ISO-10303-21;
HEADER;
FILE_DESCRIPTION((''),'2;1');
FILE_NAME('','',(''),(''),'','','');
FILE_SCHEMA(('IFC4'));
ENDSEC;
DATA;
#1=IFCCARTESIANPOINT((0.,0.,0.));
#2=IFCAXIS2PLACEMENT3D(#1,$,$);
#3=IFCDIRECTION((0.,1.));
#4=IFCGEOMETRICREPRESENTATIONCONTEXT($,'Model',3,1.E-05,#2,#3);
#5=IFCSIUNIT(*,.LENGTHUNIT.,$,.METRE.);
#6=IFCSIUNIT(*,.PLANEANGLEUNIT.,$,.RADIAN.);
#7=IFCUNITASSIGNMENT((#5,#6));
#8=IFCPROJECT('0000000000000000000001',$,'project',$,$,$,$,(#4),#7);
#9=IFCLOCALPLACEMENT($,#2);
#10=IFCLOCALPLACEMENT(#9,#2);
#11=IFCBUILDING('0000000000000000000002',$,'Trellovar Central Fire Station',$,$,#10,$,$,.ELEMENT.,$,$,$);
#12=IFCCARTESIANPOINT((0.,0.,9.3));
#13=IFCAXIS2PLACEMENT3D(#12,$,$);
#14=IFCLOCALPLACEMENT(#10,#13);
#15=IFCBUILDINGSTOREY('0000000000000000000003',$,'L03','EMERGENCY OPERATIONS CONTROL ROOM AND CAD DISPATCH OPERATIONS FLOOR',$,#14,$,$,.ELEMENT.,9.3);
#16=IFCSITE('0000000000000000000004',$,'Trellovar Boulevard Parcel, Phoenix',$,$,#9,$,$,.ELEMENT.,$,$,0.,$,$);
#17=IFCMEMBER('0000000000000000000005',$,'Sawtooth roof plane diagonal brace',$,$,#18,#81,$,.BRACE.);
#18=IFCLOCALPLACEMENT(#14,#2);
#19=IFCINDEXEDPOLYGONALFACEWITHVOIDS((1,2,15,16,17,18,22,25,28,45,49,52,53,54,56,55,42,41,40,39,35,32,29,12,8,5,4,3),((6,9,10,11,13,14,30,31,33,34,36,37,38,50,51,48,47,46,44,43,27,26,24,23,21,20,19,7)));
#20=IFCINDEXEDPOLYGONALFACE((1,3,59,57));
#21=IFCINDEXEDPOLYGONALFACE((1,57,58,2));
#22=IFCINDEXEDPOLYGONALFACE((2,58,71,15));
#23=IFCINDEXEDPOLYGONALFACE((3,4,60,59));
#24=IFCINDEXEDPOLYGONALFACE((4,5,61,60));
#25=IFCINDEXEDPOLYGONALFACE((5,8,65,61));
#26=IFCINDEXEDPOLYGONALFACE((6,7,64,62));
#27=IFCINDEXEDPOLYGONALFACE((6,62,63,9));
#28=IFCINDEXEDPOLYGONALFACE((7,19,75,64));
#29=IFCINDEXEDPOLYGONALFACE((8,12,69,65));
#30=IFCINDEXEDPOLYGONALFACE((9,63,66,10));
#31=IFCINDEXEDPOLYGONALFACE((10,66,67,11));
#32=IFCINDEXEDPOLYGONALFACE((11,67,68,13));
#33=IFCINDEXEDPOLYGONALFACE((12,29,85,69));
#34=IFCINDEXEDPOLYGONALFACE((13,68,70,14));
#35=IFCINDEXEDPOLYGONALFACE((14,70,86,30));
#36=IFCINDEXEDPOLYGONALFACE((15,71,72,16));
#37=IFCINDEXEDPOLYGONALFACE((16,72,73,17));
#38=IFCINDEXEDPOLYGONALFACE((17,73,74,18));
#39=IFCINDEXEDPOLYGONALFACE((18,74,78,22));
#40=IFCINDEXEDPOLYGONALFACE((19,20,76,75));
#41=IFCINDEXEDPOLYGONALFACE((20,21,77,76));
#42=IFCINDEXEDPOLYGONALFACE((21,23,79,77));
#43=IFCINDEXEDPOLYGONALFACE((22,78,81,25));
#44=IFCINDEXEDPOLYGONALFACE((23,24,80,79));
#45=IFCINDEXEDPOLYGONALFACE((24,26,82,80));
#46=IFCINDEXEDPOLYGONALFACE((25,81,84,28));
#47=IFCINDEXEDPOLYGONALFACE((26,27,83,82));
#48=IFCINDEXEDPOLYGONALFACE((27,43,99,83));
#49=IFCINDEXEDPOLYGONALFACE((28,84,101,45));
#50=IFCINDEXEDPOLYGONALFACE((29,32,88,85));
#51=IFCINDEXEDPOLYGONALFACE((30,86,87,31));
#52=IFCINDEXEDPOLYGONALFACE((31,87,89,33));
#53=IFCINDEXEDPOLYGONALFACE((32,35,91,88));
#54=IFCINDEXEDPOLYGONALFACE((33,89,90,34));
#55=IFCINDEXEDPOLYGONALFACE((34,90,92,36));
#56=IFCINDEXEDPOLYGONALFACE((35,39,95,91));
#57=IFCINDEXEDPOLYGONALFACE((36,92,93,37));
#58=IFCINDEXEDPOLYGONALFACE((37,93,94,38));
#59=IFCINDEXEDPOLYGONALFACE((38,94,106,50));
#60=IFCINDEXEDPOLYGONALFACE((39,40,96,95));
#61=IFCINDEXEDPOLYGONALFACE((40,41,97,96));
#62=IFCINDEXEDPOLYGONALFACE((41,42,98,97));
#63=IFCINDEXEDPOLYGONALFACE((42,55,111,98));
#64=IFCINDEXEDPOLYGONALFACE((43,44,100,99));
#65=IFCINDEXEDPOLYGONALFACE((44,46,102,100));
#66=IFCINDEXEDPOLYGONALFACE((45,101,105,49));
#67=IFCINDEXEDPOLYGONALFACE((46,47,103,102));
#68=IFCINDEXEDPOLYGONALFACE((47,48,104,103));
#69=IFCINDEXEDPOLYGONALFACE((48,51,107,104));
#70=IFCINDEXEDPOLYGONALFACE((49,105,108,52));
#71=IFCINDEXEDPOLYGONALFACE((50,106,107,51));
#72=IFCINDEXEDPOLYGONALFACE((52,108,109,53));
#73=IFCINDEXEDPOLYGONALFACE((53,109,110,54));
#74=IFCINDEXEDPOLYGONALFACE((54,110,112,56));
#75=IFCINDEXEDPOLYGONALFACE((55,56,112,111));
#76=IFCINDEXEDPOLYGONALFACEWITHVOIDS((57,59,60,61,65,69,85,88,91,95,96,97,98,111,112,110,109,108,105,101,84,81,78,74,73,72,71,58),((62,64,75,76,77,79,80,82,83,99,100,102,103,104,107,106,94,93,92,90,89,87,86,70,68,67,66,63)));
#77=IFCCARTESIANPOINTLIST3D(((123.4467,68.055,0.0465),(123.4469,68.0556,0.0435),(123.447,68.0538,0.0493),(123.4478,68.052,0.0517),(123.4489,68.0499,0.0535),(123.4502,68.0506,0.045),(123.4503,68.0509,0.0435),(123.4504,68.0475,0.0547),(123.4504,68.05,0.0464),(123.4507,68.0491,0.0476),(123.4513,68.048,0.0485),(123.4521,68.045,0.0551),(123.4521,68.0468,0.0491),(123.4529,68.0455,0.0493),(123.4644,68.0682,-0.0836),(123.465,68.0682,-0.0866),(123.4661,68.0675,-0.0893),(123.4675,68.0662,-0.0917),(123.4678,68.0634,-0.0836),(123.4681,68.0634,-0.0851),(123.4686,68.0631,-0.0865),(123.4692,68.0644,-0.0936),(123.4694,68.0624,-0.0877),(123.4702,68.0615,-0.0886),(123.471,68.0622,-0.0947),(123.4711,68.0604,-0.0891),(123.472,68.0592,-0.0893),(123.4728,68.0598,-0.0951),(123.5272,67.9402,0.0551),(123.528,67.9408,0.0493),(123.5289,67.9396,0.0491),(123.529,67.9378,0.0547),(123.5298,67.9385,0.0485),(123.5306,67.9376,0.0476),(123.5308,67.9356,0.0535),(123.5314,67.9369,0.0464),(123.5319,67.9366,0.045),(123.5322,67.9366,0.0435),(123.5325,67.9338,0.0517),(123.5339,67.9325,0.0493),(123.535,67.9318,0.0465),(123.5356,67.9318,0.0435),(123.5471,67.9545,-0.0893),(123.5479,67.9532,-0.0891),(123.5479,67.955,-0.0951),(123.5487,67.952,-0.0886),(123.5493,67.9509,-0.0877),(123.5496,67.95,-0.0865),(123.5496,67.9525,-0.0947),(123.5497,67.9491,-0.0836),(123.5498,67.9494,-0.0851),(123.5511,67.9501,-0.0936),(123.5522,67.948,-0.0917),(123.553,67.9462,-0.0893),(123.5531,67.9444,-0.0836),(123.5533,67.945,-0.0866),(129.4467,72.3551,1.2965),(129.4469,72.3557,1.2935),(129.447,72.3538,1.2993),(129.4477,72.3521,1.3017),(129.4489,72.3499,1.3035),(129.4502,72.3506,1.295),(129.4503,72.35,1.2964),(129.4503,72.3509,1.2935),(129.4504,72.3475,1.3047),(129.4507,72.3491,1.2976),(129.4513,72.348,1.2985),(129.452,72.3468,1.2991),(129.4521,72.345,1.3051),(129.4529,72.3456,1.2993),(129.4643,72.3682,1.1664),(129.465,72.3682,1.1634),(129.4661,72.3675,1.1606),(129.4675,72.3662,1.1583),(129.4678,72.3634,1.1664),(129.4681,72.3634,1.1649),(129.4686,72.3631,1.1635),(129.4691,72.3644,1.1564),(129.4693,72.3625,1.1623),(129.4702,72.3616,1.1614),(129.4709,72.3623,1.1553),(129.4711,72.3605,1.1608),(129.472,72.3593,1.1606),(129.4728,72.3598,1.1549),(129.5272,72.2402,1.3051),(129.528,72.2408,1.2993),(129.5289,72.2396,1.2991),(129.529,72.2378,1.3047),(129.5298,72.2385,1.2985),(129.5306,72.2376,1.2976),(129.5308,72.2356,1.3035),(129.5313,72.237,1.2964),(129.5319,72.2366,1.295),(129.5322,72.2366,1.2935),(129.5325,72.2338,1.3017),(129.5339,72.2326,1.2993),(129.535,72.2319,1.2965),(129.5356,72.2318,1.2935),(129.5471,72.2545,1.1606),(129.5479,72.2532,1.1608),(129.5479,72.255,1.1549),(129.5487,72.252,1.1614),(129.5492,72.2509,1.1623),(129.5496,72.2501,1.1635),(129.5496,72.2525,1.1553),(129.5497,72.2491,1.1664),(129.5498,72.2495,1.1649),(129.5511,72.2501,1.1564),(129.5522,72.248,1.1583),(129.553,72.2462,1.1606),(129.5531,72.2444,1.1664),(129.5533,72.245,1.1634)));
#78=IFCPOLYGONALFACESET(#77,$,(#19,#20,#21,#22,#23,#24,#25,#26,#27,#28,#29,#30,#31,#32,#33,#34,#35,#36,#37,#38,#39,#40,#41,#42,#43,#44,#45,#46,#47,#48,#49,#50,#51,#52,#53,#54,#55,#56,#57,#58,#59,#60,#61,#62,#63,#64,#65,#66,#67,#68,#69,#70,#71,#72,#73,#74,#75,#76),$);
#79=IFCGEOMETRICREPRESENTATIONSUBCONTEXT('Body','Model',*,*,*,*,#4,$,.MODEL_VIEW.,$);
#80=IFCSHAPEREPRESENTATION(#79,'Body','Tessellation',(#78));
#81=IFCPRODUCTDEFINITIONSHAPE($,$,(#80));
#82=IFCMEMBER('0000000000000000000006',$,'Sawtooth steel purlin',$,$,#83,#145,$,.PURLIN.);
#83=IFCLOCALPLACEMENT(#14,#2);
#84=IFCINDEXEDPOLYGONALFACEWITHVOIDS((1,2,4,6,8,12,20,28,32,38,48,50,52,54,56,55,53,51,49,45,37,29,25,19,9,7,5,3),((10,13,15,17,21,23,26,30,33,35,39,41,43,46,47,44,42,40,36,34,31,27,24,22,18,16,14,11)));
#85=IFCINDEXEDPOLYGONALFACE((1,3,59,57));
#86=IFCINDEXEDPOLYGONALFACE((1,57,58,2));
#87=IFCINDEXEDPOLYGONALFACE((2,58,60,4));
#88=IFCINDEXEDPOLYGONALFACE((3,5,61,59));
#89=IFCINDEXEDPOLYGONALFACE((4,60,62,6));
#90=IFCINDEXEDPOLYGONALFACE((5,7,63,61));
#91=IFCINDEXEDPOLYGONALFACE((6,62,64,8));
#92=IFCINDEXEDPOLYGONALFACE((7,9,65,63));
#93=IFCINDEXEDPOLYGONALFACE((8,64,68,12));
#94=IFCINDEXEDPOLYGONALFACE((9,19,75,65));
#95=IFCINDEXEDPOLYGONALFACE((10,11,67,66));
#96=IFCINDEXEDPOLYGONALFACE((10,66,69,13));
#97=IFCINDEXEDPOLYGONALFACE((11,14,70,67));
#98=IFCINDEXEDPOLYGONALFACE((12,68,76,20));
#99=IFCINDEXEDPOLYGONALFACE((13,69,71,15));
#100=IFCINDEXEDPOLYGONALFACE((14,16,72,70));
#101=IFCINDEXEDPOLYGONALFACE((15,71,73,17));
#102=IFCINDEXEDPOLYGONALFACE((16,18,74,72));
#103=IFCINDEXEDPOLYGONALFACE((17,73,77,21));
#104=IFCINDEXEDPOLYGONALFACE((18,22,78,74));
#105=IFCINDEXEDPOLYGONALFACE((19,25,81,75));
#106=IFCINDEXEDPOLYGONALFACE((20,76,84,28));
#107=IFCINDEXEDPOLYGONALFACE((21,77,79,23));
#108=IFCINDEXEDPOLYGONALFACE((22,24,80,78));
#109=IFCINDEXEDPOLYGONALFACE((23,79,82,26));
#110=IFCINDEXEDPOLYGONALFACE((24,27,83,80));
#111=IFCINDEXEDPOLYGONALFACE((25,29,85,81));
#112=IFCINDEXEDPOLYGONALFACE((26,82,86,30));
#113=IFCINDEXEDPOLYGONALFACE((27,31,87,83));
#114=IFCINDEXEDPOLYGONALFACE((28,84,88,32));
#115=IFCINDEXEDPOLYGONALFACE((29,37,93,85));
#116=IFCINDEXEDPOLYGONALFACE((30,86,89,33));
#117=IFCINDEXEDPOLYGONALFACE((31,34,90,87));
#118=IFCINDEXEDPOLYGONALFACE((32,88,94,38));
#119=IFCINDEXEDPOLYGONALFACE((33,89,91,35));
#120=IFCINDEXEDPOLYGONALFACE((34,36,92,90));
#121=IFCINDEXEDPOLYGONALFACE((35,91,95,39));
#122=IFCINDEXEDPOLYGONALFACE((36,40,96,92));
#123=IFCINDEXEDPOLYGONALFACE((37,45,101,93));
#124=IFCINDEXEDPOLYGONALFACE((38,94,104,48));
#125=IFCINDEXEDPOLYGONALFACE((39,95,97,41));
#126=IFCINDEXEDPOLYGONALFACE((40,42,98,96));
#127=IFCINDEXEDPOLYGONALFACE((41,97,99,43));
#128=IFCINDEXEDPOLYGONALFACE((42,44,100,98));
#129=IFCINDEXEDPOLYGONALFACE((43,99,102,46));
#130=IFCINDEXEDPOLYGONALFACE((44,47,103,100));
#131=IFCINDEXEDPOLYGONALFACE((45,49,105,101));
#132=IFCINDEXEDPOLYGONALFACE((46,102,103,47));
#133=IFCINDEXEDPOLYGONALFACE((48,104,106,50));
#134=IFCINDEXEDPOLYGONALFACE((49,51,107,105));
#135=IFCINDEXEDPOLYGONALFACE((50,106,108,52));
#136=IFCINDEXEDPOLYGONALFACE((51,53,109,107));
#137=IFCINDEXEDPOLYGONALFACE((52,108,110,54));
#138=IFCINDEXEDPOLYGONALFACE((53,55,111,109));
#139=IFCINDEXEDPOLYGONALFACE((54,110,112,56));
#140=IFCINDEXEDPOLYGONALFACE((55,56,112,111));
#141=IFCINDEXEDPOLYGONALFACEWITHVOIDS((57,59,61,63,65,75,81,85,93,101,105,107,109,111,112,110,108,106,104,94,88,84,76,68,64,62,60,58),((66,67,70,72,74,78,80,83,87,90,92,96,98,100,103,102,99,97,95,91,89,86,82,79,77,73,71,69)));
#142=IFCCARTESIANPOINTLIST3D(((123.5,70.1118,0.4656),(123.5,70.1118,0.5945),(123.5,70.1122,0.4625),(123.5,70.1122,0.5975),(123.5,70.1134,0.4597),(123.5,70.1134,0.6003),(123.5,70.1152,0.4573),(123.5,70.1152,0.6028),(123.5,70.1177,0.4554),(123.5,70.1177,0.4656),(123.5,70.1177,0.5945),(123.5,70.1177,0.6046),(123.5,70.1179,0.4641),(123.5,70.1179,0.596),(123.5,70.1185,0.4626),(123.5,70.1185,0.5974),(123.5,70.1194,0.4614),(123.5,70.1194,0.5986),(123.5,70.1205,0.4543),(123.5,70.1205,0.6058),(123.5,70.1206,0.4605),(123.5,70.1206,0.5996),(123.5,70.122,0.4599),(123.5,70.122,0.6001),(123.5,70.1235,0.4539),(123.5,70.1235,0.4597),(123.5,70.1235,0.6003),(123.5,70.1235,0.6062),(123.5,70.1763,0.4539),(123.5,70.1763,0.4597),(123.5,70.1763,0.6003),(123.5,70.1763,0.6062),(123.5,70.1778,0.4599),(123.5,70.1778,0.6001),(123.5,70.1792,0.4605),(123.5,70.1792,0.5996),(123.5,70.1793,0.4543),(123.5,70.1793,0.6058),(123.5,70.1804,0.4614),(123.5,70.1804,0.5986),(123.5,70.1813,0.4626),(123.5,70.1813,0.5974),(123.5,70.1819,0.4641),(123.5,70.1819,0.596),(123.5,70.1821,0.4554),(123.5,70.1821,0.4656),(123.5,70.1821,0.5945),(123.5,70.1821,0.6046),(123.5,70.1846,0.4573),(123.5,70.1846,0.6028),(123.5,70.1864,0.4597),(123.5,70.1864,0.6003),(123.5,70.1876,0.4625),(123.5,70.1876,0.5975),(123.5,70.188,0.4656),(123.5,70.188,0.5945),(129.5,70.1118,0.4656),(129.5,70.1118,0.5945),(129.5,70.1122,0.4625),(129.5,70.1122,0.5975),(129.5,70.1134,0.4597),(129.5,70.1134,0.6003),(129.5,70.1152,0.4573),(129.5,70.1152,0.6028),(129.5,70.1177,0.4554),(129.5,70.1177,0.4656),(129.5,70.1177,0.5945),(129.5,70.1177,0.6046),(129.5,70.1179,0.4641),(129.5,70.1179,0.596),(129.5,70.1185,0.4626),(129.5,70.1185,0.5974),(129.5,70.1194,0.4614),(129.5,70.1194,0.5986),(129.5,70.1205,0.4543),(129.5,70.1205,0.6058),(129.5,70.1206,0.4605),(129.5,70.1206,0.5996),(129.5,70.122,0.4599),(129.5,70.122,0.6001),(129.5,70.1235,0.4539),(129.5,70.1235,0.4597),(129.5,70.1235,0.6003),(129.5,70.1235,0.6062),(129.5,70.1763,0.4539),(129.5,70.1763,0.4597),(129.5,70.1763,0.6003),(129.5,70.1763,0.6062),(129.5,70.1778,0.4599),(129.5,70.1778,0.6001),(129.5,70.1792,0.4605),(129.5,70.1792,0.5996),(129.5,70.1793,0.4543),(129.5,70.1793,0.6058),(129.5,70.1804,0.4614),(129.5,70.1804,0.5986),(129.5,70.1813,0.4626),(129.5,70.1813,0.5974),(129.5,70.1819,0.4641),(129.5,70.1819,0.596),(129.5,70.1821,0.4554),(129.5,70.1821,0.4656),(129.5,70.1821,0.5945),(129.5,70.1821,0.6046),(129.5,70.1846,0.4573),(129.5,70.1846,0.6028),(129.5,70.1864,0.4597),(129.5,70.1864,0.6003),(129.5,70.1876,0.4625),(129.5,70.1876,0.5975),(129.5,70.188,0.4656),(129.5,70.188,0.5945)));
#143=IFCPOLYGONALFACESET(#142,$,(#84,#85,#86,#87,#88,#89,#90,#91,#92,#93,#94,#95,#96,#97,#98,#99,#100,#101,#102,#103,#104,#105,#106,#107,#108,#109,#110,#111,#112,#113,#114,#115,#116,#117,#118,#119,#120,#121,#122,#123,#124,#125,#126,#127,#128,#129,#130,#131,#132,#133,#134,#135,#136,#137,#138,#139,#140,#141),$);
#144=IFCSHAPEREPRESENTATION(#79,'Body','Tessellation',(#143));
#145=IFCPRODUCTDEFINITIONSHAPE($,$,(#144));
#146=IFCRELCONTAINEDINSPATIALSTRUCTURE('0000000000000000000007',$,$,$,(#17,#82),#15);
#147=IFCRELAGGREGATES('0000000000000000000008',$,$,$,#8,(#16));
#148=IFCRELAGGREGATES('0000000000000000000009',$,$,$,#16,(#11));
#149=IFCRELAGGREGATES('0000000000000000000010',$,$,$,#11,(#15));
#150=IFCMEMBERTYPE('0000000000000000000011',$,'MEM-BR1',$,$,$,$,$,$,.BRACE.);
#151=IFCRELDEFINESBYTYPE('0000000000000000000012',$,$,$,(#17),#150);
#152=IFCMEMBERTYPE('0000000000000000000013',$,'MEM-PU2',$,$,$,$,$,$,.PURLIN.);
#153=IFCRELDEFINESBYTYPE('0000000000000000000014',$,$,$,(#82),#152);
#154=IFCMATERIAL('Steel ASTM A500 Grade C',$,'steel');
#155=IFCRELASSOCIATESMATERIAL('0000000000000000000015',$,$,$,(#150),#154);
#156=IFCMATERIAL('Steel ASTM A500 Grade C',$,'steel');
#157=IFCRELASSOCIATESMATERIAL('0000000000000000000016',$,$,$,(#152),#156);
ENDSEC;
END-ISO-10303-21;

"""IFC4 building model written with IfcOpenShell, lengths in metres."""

from ifc_helpers import new_model, si_unit, direction, frame, origin, origin_2d, place, context, subcontext, project, spatial, hollow_rectangle, extrude, material, material_profile, profile_set, type_object, element, save


model = new_model("IFC4")

# Units and contexts
model_context = context("Model", 3, precision=1e-05, world=origin(), true_north=direction((0.0, 1.0)))
body_context = subcontext(model_context, "Body", "Model", "MODEL_VIEW")
ifc_project = project(units=[si_unit("LENGTHUNIT", "METRE"), si_unit("PLANEANGLEUNIT", "RADIAN")], contexts=[model_context])

# Site, building, storey
site_placement = place(None, origin())
site = spatial("IfcSite", under=ifc_project, at=site_placement, Name="Trellovar Boulevard Parcel, Phoenix", CompositionType="ELEMENT", RefElevation=0.0)
building_placement = place(site_placement, origin())
building = spatial("IfcBuilding", under=site, at=building_placement, Name="Trellovar Central Fire Station", CompositionType="ELEMENT")
storey_placement = place(building_placement, frame((0.0, 0.0, 9.3)))
storey = spatial("IfcBuildingStorey", under=building, at=storey_placement, Name="L03", Description="EMERGENCY OPERATIONS CONTROL ROOM AND CAD DISPATCH OPERATIONS FLOOR", CompositionType="ELEMENT", Elevation=9.3)

# Members
ifc_material_1 = material(Name="Steel ASTM A500 Grade C", Category="steel")
ifc_material_profile_1 = material_profile(ifc_material_1, hollow_rectangle(XDim=0.1523, YDim=0.1523, WallThickness=0.0059, InnerFilletRadius=0.0059, OuterFilletRadius=0.0117, at=origin_2d()), Name="HSS6X6X1/4")
ifc_profile_set_1 = profile_set([ifc_material_profile_1], Name="Steel ASTM A500 Grade C")
member_type_1 = type_object("IfcMemberType", Name="MEM-BR1", PredefinedType="BRACE", material=ifc_profile_set_1)
member_1_placement = place(storey_placement, frame((123.5, 68.0, -0.02), z_axis=(0.801405, 0.574347, 0.166959), x_axis=(-0.582523, 0.812814, 0.0)))
element("IfcMember", 1, at=member_1_placement, inside=storey, type_object=member_type_1, Name="Sawtooth roof plane diagonal brace", PredefinedType="BRACE", context=body_context, shape_type="SweptSolid", body=[
    extrude(hollow_rectangle(XDim=0.1523, YDim=0.1523, WallThickness=0.0059, InnerFilletRadius=0.0059, OuterFilletRadius=0.0117, at=origin_2d()), origin(), (0.0, 0.0, 1.0), 7.4868),
])
ifc_material_2 = material(Name="Steel ASTM A500 Grade C", Category="steel")
ifc_material_profile_2 = material_profile(ifc_material_2, hollow_rectangle(XDim=0.0762, YDim=0.1523, WallThickness=0.0059, InnerFilletRadius=0.0059, OuterFilletRadius=0.0117, at=origin_2d()), Name="HSS6X3X1/4")
ifc_profile_set_2 = profile_set([ifc_material_profile_2], Name="Steel ASTM A500 Grade C")
member_type_2 = type_object("IfcMemberType", Name="MEM-PU2", PredefinedType="PURLIN", material=ifc_profile_set_2)
member_2_placement = place(storey_placement, frame((123.5, 70.1499, 0.53), z_axis=(1.0, 0.0, 0.0), x_axis=(0.0, 1.0, 0.0)))
element("IfcMember", 2, at=member_2_placement, inside=storey, type_object=member_type_2, Name="Sawtooth steel purlin", PredefinedType="PURLIN", context=body_context, shape_type="SweptSolid", body=[
    extrude(hollow_rectangle(XDim=0.0762, YDim=0.1523, WallThickness=0.0059, InnerFilletRadius=0.0059, OuterFilletRadius=0.0117, at=origin_2d()), origin(), (0.0, 0.0, 1.0), 6.0),
])

save(model, "model.ifc")
